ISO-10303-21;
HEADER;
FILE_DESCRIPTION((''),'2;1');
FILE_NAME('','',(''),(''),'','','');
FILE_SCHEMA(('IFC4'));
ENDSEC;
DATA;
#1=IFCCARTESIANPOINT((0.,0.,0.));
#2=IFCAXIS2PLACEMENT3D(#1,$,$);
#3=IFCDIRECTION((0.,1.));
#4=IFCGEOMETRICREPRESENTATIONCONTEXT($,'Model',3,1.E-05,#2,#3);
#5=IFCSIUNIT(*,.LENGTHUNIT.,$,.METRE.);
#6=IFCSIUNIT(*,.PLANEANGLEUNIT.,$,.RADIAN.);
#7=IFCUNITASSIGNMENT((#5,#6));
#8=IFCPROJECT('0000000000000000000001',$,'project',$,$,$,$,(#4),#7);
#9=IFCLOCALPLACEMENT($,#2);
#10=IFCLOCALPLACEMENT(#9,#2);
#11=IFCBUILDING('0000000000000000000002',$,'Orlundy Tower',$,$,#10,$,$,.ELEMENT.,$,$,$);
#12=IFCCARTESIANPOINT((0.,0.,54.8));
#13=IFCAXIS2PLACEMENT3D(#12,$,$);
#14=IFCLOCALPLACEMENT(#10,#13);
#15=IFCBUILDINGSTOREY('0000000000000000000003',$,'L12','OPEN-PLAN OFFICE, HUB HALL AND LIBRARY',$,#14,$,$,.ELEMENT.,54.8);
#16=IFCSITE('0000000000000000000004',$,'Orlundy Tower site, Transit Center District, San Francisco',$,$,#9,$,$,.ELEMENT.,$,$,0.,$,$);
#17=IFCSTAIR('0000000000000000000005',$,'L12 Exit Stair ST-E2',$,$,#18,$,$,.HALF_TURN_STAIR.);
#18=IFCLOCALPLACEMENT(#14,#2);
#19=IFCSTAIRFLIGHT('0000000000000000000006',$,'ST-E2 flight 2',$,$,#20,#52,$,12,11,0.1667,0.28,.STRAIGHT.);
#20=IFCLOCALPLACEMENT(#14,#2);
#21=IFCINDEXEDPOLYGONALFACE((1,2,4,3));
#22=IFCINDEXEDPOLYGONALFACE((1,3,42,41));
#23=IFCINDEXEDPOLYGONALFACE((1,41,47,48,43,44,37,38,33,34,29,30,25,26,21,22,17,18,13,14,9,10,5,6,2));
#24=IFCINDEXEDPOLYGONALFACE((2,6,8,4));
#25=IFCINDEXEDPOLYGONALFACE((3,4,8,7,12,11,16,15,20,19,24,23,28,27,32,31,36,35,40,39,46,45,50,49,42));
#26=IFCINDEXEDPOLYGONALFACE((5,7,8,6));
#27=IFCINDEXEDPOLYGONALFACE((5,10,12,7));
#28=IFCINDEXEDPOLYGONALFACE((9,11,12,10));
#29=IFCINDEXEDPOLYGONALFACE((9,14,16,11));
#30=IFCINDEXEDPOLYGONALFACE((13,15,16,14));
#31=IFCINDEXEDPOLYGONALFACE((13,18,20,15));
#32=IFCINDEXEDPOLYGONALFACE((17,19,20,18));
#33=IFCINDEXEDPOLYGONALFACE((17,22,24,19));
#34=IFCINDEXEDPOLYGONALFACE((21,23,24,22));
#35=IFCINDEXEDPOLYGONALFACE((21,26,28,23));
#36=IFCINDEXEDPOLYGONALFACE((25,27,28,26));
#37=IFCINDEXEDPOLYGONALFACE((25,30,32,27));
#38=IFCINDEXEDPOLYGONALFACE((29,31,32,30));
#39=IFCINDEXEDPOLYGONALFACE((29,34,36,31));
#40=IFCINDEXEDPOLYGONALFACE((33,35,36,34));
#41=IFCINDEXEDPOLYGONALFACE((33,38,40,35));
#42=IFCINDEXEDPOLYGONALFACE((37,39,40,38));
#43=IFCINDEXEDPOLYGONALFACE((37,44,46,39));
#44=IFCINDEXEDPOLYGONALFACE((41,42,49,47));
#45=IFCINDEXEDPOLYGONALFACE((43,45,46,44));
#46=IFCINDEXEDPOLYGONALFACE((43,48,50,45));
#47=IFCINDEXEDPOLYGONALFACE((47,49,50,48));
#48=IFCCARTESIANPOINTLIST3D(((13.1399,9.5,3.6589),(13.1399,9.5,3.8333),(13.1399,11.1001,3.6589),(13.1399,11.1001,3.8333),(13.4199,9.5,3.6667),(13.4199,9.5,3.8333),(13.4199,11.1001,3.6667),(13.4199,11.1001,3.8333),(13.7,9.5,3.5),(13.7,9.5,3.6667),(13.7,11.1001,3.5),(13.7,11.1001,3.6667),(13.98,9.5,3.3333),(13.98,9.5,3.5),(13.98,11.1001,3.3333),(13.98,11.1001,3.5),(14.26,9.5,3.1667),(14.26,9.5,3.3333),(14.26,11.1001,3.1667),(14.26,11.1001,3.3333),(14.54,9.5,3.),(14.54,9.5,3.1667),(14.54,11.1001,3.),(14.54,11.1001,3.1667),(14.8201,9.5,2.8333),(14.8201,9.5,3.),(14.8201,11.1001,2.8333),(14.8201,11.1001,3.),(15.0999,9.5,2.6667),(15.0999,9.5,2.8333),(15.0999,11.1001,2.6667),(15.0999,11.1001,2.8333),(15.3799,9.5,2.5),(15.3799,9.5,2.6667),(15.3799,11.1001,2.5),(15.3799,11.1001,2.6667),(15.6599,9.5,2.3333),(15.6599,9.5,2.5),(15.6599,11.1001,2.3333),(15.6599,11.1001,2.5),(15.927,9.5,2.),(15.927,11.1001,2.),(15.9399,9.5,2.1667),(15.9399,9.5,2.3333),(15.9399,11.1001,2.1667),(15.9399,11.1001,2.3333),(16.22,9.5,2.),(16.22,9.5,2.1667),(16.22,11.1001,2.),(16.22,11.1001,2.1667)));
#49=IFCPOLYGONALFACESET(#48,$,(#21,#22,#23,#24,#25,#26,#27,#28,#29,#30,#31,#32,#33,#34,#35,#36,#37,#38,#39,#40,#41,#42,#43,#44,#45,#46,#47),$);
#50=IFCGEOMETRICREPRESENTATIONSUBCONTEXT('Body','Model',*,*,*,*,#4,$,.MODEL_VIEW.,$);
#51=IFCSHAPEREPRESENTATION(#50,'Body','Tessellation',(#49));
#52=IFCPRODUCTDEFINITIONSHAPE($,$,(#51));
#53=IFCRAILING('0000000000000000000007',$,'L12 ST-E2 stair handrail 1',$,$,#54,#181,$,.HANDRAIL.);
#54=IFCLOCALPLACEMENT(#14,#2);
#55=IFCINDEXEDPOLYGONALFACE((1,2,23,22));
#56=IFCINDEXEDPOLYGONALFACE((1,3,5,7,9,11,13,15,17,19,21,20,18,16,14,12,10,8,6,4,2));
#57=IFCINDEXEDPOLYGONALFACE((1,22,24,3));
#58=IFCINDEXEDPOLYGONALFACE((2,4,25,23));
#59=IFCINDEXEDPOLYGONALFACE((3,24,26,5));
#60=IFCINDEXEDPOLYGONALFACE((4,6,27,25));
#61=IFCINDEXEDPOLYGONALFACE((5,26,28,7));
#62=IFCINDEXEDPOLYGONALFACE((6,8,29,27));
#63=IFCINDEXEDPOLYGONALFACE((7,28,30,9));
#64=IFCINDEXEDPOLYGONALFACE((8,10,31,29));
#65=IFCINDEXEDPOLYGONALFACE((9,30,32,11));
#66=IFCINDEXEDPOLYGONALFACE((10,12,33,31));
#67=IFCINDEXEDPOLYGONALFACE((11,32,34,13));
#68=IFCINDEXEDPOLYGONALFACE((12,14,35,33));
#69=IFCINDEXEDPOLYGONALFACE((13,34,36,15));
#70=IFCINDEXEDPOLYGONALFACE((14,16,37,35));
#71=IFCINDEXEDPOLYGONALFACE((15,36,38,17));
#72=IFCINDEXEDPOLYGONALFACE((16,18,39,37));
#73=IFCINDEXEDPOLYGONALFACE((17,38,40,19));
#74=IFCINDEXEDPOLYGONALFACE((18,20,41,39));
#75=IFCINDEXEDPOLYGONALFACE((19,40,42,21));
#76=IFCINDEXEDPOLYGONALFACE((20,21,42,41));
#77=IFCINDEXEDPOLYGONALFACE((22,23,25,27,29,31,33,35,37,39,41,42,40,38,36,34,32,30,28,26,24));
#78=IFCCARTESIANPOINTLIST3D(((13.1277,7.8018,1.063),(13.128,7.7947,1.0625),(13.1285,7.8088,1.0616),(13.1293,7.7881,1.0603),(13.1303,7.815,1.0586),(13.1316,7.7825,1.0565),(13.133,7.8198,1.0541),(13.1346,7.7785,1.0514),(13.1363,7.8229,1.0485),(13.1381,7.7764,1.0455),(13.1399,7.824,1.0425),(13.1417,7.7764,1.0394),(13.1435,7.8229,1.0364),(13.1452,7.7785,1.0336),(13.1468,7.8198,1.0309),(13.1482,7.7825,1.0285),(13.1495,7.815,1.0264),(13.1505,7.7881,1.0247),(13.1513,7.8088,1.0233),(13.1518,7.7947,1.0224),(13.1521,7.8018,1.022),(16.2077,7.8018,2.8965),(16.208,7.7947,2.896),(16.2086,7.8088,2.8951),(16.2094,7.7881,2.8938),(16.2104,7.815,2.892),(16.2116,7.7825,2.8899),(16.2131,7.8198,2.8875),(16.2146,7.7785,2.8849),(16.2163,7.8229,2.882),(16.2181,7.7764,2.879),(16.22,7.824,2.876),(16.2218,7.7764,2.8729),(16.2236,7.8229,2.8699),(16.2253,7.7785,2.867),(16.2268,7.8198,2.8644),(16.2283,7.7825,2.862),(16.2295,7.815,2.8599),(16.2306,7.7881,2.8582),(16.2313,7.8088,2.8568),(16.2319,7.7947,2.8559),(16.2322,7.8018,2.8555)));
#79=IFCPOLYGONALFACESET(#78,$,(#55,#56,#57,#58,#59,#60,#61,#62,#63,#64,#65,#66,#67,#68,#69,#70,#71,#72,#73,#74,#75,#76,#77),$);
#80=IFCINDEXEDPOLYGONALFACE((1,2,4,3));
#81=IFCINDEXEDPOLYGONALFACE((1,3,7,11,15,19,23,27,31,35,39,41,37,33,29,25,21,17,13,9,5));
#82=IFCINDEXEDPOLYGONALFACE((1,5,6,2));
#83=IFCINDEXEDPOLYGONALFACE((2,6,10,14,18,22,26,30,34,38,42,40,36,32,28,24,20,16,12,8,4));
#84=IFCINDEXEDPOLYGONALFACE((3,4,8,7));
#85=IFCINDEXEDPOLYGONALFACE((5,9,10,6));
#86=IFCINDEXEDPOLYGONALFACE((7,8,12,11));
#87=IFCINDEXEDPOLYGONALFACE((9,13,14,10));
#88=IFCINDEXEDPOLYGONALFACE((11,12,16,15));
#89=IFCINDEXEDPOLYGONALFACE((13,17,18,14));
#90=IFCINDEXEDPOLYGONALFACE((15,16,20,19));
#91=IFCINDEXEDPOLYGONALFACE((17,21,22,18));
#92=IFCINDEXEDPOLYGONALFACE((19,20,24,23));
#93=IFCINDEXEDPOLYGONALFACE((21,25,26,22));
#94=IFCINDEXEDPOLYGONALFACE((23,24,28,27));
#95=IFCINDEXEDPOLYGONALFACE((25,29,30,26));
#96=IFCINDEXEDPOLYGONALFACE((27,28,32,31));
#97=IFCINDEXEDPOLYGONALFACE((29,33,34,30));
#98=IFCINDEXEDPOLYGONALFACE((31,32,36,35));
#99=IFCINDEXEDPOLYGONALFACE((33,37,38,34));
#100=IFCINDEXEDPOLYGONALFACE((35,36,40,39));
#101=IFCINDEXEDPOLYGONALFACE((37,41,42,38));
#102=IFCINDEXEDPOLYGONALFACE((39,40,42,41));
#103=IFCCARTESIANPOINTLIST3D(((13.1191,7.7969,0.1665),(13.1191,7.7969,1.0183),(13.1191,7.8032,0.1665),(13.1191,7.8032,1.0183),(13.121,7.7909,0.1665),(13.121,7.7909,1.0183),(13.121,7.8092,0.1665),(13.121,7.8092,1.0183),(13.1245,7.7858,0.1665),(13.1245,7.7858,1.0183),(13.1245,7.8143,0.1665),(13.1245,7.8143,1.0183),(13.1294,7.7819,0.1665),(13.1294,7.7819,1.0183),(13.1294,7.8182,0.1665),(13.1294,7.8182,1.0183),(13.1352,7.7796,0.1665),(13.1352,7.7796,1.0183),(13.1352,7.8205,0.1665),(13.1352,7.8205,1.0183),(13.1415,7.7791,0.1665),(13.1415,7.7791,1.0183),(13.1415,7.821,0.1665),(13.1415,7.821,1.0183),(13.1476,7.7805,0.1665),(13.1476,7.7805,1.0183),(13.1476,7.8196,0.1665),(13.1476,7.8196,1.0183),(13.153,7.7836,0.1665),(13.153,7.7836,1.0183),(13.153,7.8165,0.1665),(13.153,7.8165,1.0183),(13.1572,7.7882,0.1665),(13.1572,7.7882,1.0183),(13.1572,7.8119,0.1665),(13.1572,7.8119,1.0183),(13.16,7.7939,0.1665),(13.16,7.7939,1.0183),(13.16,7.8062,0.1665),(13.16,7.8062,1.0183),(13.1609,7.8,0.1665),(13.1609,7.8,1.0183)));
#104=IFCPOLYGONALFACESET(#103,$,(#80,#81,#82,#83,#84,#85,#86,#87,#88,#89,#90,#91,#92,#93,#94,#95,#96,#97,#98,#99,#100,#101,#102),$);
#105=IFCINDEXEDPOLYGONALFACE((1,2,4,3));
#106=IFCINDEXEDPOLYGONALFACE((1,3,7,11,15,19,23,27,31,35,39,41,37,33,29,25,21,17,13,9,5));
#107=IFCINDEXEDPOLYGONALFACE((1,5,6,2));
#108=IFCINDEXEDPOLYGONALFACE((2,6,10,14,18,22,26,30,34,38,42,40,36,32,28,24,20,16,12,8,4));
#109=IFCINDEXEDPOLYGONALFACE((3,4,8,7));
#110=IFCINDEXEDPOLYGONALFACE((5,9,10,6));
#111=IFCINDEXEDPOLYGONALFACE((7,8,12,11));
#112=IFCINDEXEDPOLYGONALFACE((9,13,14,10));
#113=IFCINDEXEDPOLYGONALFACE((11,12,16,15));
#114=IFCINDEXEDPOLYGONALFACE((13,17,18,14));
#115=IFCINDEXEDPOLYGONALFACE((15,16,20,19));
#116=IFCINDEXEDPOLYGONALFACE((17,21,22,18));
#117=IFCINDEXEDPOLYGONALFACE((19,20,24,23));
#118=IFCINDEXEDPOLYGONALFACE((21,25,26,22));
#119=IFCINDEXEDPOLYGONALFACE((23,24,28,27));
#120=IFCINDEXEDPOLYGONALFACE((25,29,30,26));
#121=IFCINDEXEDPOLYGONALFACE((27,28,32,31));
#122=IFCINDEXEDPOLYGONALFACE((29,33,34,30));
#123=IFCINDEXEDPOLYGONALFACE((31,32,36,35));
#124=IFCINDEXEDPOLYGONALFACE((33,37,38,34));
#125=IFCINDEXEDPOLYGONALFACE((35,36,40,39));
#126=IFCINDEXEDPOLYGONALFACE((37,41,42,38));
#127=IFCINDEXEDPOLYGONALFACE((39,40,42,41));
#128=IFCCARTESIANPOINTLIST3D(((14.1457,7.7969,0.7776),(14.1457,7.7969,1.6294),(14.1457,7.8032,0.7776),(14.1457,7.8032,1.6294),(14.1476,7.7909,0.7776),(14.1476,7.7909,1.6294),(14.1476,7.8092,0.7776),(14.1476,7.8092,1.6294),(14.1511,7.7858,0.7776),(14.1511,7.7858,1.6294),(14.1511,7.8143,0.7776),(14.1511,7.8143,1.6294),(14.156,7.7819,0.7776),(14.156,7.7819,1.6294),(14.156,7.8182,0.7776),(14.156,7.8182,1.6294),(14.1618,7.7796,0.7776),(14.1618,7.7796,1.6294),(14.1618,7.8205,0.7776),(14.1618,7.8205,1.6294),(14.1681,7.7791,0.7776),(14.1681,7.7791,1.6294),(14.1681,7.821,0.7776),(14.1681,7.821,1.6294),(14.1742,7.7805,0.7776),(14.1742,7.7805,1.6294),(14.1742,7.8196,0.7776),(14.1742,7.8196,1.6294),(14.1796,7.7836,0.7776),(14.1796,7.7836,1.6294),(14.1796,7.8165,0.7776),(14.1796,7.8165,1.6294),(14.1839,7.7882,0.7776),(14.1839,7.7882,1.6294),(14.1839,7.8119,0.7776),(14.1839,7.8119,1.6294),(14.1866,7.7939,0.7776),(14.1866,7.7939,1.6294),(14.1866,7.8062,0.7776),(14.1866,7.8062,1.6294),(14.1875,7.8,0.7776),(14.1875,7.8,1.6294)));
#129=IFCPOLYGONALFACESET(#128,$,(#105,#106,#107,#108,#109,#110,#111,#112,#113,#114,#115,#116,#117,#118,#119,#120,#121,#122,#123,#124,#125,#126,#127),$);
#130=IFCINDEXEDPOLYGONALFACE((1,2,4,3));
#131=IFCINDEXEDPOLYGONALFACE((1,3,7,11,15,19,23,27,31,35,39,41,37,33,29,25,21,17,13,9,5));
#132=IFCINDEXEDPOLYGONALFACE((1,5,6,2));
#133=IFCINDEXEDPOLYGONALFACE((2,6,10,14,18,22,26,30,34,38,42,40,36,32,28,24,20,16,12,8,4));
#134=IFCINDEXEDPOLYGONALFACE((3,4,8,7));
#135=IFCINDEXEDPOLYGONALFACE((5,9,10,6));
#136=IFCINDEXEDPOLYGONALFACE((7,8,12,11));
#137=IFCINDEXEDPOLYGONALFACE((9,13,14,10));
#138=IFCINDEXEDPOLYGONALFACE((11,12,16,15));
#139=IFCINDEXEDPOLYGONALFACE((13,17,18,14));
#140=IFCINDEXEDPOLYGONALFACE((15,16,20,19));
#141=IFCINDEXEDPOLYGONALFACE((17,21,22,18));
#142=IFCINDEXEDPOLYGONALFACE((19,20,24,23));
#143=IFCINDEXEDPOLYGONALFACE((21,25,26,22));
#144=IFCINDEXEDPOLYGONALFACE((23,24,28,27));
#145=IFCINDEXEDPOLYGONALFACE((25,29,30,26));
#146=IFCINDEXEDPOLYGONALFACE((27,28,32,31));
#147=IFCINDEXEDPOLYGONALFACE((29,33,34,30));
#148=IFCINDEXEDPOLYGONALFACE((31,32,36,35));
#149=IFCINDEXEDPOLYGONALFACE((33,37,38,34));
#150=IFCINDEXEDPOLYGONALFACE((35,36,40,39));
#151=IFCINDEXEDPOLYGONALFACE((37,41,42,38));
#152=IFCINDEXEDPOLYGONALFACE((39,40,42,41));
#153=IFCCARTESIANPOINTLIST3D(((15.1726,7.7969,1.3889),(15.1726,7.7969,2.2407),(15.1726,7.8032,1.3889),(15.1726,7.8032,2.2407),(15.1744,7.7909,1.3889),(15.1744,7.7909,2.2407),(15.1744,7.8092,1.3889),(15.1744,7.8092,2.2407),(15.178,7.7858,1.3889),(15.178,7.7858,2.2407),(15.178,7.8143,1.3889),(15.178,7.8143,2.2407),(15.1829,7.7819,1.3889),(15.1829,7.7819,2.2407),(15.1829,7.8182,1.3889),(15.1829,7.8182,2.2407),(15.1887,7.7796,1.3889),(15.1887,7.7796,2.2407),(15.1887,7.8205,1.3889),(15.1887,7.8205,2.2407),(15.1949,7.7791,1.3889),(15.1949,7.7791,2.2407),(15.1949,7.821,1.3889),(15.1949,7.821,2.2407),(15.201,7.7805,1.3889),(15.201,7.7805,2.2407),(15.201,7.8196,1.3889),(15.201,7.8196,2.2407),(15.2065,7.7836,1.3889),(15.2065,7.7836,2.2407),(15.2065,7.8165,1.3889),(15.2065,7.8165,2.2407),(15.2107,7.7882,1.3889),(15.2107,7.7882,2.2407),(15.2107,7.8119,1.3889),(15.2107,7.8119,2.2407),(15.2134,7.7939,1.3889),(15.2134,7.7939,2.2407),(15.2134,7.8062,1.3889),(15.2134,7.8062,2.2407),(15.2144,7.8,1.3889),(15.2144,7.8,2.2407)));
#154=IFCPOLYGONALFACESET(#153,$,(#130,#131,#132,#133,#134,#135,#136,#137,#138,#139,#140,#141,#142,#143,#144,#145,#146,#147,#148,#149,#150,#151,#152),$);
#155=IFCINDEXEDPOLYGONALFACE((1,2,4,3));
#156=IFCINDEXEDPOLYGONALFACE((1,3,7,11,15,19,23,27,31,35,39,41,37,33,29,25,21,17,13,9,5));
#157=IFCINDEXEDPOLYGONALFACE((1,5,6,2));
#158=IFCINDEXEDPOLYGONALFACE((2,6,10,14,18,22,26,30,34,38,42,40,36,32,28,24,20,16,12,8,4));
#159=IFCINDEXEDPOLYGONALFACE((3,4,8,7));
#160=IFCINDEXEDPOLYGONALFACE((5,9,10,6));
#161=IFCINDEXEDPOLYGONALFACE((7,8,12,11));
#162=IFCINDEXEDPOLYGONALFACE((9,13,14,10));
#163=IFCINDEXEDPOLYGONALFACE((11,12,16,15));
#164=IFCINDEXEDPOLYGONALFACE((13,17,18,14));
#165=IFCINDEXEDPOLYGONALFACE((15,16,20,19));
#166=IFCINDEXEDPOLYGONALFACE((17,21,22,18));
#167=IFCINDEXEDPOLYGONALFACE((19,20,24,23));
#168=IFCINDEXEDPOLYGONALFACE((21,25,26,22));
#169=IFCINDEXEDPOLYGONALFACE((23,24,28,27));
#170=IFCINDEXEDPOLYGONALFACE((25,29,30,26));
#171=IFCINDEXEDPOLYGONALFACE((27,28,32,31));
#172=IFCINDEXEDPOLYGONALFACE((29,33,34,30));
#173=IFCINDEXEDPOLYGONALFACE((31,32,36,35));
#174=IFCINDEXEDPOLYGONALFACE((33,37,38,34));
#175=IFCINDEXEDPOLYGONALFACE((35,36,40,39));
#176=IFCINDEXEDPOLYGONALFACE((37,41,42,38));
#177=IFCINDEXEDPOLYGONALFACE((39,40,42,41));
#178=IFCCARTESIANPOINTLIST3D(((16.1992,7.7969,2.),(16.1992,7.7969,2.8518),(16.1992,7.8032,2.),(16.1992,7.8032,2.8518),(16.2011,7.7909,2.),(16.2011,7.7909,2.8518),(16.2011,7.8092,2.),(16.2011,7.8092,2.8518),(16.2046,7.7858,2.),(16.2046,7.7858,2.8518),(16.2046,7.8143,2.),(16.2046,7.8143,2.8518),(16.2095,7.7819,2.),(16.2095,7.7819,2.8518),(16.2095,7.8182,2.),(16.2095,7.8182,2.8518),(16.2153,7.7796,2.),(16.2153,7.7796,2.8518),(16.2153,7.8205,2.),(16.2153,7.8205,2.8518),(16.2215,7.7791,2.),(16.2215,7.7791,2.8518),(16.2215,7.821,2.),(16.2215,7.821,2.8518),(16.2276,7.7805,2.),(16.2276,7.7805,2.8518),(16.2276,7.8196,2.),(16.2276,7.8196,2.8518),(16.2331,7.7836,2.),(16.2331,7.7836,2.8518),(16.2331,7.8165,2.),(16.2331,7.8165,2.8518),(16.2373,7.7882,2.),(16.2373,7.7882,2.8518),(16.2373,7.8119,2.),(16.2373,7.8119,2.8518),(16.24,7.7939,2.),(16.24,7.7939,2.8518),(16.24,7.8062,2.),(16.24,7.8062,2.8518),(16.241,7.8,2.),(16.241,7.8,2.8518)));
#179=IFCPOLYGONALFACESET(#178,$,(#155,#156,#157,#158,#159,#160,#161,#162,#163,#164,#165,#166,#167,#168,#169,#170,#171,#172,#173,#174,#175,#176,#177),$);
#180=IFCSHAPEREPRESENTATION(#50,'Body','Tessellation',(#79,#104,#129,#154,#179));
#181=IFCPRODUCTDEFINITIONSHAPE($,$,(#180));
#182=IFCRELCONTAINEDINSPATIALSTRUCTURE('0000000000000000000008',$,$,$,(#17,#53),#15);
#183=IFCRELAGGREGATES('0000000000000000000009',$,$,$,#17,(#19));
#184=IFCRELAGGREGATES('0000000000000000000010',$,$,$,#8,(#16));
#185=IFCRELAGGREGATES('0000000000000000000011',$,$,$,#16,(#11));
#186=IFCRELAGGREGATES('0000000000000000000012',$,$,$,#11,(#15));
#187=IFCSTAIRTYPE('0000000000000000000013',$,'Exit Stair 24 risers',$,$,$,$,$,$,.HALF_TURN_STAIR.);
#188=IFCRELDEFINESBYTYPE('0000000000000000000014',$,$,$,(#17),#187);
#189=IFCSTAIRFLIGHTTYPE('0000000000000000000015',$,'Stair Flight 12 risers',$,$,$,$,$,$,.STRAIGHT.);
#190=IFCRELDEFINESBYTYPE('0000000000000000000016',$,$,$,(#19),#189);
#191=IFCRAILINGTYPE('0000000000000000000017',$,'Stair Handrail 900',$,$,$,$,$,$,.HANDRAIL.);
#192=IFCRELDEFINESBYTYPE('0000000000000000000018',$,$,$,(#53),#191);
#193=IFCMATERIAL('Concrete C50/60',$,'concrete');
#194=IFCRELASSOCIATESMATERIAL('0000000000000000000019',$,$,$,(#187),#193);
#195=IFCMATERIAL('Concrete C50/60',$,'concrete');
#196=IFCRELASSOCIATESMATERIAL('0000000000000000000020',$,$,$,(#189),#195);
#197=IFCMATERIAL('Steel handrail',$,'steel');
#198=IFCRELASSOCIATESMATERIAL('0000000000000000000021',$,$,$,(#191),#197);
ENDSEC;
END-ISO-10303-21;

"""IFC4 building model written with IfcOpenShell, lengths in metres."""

from ifc_helpers import new_model, si_unit, direction, frame, origin, origin_2d, place, context, subcontext, project, spatial, polyline, circle, outline, extrude, material, type_object, element, aggregate, save


model = new_model("IFC4")

# Units and contexts
model_context = context("Model", 3, precision=1e-05, world=origin(), true_north=direction((0.0, 1.0)))
body_context = subcontext(model_context, "Body", "Model", "MODEL_VIEW")
ifc_project = project(units=[si_unit("LENGTHUNIT", "METRE"), si_unit("PLANEANGLEUNIT", "RADIAN")], contexts=[model_context])

# Site, building, storey
site_placement = place(None, origin())
site = spatial("IfcSite", under=ifc_project, at=site_placement, Name="Orlundy Tower site, Transit Center District, San Francisco", CompositionType="ELEMENT", RefElevation=0.0)
building_placement = place(site_placement, origin())
building = spatial("IfcBuilding", under=site, at=building_placement, Name="Orlundy Tower", CompositionType="ELEMENT")
storey_placement = place(building_placement, frame((0.0, 0.0, 54.8)))
storey = spatial("IfcBuildingStorey", under=building, at=storey_placement, Name="L12", Description="OPEN-PLAN OFFICE, HUB HALL AND LIBRARY", CompositionType="ELEMENT", Elevation=54.8)

# Stair, stair flight
ifc_material_1 = material(Name="Concrete C50/60", Category="concrete")
stair_type = type_object("IfcStairType", Name="Exit Stair 24 risers", PredefinedType="HALF_TURN_STAIR", material=ifc_material_1)
stair_placement = place(storey_placement, origin())
stair = element("IfcStair", 1, at=stair_placement, inside=storey, type_object=stair_type, Name="L12 Exit Stair ST-E2", PredefinedType="HALF_TURN_STAIR")
ifc_material_2 = material(Name="Concrete C50/60", Category="concrete")
stair_flight_type = type_object("IfcStairFlightType", Name="Stair Flight 12 risers", PredefinedType="STRAIGHT", material=ifc_material_2)
stair_flight_1_placement = place(storey_placement, frame((16.22, 10.3, 2.0), z_axis=(0.0, 0.0, 1.0), x_axis=(-1.0, 0.0, 0.0)))
stair_flight_1 = element("IfcStairFlight", 2, at=stair_flight_1_placement, type_object=stair_flight_type, Name="ST-E2 flight 2", NumberOfRisers=12, NumberOfTreads=11, PredefinedType="STRAIGHT", RiserHeight=0.1667, TreadLength=0.28, context=body_context, shape_type="SweptSolid", body=[
    extrude(outline(polyline([(0.0, 0.0), (0.0, 0.1667), (0.28, 0.1667), (0.28, 0.3333), (0.5601, 0.3333), (0.5601, 0.5), (0.8401, 0.5), (0.8401, 0.6667), (1.1201, 0.6667), (1.1201, 0.8333), (1.3999, 0.8333), (1.3999, 1.0), (1.6799, 1.0), (1.6799, 1.1667), (1.96, 1.1667), (1.96, 1.3333), (2.24, 1.3333), (2.24, 1.5), (2.52, 1.5), (2.52, 1.6667), (2.8, 1.6667), (2.8, 1.8333), (3.0801, 1.8333), (3.0801, 2.0), (3.0801, 1.6589), (0.293, 0.0), (0.0, 0.0)])), frame((0.0, 0.8, 0.0), z_axis=(0.0, -1.0, 0.0), x_axis=(1.0, 0.0, 0.0)), (0.0, 0.0, 1.0), 1.6001),
])
aggregate(stair, [stair_flight_1])

# Railing
ifc_material_3 = material(Name="Steel handrail", Category="steel")
railing_type_1 = type_object("IfcRailingType", Name="Stair Handrail 900", PredefinedType="HANDRAIL", material=ifc_material_3)
railing_1_placement = place(storey_placement, frame((13.1399, 7.8, 0.1665)))
element("IfcRailing", 3, at=railing_1_placement, inside=storey, type_object=railing_type_1, Name="L12 ST-E2 stair handrail 1", PredefinedType="HANDRAIL", context=body_context, shape_type="SweptSolid", body=[
    extrude(circle(Radius=0.0239, at=origin_2d()), frame((0.0, 0.0, 0.876), z_axis=(0.859279, 0.0, 0.511508), x_axis=(0.0, 1.0, 0.0)), (0.0, 0.0, 1.0), 3.5845),
    extrude(circle(Radius=0.021, at=origin_2d()), origin(), (0.0, 0.0, 1.0), 0.8518),
    extrude(circle(Radius=0.021, at=origin_2d()), frame((1.0266, 0.0, 0.6111)), (0.0, 0.0, 1.0), 0.8518),
    extrude(circle(Radius=0.021, at=origin_2d()), frame((2.0535, 0.0, 1.2224)), (0.0, 0.0, 1.0), 0.8518),
    extrude(circle(Radius=0.021, at=origin_2d()), frame((3.0801, 0.0, 1.8335)), (0.0, 0.0, 1.0), 0.8518),
])

save(model, "model.ifc")
